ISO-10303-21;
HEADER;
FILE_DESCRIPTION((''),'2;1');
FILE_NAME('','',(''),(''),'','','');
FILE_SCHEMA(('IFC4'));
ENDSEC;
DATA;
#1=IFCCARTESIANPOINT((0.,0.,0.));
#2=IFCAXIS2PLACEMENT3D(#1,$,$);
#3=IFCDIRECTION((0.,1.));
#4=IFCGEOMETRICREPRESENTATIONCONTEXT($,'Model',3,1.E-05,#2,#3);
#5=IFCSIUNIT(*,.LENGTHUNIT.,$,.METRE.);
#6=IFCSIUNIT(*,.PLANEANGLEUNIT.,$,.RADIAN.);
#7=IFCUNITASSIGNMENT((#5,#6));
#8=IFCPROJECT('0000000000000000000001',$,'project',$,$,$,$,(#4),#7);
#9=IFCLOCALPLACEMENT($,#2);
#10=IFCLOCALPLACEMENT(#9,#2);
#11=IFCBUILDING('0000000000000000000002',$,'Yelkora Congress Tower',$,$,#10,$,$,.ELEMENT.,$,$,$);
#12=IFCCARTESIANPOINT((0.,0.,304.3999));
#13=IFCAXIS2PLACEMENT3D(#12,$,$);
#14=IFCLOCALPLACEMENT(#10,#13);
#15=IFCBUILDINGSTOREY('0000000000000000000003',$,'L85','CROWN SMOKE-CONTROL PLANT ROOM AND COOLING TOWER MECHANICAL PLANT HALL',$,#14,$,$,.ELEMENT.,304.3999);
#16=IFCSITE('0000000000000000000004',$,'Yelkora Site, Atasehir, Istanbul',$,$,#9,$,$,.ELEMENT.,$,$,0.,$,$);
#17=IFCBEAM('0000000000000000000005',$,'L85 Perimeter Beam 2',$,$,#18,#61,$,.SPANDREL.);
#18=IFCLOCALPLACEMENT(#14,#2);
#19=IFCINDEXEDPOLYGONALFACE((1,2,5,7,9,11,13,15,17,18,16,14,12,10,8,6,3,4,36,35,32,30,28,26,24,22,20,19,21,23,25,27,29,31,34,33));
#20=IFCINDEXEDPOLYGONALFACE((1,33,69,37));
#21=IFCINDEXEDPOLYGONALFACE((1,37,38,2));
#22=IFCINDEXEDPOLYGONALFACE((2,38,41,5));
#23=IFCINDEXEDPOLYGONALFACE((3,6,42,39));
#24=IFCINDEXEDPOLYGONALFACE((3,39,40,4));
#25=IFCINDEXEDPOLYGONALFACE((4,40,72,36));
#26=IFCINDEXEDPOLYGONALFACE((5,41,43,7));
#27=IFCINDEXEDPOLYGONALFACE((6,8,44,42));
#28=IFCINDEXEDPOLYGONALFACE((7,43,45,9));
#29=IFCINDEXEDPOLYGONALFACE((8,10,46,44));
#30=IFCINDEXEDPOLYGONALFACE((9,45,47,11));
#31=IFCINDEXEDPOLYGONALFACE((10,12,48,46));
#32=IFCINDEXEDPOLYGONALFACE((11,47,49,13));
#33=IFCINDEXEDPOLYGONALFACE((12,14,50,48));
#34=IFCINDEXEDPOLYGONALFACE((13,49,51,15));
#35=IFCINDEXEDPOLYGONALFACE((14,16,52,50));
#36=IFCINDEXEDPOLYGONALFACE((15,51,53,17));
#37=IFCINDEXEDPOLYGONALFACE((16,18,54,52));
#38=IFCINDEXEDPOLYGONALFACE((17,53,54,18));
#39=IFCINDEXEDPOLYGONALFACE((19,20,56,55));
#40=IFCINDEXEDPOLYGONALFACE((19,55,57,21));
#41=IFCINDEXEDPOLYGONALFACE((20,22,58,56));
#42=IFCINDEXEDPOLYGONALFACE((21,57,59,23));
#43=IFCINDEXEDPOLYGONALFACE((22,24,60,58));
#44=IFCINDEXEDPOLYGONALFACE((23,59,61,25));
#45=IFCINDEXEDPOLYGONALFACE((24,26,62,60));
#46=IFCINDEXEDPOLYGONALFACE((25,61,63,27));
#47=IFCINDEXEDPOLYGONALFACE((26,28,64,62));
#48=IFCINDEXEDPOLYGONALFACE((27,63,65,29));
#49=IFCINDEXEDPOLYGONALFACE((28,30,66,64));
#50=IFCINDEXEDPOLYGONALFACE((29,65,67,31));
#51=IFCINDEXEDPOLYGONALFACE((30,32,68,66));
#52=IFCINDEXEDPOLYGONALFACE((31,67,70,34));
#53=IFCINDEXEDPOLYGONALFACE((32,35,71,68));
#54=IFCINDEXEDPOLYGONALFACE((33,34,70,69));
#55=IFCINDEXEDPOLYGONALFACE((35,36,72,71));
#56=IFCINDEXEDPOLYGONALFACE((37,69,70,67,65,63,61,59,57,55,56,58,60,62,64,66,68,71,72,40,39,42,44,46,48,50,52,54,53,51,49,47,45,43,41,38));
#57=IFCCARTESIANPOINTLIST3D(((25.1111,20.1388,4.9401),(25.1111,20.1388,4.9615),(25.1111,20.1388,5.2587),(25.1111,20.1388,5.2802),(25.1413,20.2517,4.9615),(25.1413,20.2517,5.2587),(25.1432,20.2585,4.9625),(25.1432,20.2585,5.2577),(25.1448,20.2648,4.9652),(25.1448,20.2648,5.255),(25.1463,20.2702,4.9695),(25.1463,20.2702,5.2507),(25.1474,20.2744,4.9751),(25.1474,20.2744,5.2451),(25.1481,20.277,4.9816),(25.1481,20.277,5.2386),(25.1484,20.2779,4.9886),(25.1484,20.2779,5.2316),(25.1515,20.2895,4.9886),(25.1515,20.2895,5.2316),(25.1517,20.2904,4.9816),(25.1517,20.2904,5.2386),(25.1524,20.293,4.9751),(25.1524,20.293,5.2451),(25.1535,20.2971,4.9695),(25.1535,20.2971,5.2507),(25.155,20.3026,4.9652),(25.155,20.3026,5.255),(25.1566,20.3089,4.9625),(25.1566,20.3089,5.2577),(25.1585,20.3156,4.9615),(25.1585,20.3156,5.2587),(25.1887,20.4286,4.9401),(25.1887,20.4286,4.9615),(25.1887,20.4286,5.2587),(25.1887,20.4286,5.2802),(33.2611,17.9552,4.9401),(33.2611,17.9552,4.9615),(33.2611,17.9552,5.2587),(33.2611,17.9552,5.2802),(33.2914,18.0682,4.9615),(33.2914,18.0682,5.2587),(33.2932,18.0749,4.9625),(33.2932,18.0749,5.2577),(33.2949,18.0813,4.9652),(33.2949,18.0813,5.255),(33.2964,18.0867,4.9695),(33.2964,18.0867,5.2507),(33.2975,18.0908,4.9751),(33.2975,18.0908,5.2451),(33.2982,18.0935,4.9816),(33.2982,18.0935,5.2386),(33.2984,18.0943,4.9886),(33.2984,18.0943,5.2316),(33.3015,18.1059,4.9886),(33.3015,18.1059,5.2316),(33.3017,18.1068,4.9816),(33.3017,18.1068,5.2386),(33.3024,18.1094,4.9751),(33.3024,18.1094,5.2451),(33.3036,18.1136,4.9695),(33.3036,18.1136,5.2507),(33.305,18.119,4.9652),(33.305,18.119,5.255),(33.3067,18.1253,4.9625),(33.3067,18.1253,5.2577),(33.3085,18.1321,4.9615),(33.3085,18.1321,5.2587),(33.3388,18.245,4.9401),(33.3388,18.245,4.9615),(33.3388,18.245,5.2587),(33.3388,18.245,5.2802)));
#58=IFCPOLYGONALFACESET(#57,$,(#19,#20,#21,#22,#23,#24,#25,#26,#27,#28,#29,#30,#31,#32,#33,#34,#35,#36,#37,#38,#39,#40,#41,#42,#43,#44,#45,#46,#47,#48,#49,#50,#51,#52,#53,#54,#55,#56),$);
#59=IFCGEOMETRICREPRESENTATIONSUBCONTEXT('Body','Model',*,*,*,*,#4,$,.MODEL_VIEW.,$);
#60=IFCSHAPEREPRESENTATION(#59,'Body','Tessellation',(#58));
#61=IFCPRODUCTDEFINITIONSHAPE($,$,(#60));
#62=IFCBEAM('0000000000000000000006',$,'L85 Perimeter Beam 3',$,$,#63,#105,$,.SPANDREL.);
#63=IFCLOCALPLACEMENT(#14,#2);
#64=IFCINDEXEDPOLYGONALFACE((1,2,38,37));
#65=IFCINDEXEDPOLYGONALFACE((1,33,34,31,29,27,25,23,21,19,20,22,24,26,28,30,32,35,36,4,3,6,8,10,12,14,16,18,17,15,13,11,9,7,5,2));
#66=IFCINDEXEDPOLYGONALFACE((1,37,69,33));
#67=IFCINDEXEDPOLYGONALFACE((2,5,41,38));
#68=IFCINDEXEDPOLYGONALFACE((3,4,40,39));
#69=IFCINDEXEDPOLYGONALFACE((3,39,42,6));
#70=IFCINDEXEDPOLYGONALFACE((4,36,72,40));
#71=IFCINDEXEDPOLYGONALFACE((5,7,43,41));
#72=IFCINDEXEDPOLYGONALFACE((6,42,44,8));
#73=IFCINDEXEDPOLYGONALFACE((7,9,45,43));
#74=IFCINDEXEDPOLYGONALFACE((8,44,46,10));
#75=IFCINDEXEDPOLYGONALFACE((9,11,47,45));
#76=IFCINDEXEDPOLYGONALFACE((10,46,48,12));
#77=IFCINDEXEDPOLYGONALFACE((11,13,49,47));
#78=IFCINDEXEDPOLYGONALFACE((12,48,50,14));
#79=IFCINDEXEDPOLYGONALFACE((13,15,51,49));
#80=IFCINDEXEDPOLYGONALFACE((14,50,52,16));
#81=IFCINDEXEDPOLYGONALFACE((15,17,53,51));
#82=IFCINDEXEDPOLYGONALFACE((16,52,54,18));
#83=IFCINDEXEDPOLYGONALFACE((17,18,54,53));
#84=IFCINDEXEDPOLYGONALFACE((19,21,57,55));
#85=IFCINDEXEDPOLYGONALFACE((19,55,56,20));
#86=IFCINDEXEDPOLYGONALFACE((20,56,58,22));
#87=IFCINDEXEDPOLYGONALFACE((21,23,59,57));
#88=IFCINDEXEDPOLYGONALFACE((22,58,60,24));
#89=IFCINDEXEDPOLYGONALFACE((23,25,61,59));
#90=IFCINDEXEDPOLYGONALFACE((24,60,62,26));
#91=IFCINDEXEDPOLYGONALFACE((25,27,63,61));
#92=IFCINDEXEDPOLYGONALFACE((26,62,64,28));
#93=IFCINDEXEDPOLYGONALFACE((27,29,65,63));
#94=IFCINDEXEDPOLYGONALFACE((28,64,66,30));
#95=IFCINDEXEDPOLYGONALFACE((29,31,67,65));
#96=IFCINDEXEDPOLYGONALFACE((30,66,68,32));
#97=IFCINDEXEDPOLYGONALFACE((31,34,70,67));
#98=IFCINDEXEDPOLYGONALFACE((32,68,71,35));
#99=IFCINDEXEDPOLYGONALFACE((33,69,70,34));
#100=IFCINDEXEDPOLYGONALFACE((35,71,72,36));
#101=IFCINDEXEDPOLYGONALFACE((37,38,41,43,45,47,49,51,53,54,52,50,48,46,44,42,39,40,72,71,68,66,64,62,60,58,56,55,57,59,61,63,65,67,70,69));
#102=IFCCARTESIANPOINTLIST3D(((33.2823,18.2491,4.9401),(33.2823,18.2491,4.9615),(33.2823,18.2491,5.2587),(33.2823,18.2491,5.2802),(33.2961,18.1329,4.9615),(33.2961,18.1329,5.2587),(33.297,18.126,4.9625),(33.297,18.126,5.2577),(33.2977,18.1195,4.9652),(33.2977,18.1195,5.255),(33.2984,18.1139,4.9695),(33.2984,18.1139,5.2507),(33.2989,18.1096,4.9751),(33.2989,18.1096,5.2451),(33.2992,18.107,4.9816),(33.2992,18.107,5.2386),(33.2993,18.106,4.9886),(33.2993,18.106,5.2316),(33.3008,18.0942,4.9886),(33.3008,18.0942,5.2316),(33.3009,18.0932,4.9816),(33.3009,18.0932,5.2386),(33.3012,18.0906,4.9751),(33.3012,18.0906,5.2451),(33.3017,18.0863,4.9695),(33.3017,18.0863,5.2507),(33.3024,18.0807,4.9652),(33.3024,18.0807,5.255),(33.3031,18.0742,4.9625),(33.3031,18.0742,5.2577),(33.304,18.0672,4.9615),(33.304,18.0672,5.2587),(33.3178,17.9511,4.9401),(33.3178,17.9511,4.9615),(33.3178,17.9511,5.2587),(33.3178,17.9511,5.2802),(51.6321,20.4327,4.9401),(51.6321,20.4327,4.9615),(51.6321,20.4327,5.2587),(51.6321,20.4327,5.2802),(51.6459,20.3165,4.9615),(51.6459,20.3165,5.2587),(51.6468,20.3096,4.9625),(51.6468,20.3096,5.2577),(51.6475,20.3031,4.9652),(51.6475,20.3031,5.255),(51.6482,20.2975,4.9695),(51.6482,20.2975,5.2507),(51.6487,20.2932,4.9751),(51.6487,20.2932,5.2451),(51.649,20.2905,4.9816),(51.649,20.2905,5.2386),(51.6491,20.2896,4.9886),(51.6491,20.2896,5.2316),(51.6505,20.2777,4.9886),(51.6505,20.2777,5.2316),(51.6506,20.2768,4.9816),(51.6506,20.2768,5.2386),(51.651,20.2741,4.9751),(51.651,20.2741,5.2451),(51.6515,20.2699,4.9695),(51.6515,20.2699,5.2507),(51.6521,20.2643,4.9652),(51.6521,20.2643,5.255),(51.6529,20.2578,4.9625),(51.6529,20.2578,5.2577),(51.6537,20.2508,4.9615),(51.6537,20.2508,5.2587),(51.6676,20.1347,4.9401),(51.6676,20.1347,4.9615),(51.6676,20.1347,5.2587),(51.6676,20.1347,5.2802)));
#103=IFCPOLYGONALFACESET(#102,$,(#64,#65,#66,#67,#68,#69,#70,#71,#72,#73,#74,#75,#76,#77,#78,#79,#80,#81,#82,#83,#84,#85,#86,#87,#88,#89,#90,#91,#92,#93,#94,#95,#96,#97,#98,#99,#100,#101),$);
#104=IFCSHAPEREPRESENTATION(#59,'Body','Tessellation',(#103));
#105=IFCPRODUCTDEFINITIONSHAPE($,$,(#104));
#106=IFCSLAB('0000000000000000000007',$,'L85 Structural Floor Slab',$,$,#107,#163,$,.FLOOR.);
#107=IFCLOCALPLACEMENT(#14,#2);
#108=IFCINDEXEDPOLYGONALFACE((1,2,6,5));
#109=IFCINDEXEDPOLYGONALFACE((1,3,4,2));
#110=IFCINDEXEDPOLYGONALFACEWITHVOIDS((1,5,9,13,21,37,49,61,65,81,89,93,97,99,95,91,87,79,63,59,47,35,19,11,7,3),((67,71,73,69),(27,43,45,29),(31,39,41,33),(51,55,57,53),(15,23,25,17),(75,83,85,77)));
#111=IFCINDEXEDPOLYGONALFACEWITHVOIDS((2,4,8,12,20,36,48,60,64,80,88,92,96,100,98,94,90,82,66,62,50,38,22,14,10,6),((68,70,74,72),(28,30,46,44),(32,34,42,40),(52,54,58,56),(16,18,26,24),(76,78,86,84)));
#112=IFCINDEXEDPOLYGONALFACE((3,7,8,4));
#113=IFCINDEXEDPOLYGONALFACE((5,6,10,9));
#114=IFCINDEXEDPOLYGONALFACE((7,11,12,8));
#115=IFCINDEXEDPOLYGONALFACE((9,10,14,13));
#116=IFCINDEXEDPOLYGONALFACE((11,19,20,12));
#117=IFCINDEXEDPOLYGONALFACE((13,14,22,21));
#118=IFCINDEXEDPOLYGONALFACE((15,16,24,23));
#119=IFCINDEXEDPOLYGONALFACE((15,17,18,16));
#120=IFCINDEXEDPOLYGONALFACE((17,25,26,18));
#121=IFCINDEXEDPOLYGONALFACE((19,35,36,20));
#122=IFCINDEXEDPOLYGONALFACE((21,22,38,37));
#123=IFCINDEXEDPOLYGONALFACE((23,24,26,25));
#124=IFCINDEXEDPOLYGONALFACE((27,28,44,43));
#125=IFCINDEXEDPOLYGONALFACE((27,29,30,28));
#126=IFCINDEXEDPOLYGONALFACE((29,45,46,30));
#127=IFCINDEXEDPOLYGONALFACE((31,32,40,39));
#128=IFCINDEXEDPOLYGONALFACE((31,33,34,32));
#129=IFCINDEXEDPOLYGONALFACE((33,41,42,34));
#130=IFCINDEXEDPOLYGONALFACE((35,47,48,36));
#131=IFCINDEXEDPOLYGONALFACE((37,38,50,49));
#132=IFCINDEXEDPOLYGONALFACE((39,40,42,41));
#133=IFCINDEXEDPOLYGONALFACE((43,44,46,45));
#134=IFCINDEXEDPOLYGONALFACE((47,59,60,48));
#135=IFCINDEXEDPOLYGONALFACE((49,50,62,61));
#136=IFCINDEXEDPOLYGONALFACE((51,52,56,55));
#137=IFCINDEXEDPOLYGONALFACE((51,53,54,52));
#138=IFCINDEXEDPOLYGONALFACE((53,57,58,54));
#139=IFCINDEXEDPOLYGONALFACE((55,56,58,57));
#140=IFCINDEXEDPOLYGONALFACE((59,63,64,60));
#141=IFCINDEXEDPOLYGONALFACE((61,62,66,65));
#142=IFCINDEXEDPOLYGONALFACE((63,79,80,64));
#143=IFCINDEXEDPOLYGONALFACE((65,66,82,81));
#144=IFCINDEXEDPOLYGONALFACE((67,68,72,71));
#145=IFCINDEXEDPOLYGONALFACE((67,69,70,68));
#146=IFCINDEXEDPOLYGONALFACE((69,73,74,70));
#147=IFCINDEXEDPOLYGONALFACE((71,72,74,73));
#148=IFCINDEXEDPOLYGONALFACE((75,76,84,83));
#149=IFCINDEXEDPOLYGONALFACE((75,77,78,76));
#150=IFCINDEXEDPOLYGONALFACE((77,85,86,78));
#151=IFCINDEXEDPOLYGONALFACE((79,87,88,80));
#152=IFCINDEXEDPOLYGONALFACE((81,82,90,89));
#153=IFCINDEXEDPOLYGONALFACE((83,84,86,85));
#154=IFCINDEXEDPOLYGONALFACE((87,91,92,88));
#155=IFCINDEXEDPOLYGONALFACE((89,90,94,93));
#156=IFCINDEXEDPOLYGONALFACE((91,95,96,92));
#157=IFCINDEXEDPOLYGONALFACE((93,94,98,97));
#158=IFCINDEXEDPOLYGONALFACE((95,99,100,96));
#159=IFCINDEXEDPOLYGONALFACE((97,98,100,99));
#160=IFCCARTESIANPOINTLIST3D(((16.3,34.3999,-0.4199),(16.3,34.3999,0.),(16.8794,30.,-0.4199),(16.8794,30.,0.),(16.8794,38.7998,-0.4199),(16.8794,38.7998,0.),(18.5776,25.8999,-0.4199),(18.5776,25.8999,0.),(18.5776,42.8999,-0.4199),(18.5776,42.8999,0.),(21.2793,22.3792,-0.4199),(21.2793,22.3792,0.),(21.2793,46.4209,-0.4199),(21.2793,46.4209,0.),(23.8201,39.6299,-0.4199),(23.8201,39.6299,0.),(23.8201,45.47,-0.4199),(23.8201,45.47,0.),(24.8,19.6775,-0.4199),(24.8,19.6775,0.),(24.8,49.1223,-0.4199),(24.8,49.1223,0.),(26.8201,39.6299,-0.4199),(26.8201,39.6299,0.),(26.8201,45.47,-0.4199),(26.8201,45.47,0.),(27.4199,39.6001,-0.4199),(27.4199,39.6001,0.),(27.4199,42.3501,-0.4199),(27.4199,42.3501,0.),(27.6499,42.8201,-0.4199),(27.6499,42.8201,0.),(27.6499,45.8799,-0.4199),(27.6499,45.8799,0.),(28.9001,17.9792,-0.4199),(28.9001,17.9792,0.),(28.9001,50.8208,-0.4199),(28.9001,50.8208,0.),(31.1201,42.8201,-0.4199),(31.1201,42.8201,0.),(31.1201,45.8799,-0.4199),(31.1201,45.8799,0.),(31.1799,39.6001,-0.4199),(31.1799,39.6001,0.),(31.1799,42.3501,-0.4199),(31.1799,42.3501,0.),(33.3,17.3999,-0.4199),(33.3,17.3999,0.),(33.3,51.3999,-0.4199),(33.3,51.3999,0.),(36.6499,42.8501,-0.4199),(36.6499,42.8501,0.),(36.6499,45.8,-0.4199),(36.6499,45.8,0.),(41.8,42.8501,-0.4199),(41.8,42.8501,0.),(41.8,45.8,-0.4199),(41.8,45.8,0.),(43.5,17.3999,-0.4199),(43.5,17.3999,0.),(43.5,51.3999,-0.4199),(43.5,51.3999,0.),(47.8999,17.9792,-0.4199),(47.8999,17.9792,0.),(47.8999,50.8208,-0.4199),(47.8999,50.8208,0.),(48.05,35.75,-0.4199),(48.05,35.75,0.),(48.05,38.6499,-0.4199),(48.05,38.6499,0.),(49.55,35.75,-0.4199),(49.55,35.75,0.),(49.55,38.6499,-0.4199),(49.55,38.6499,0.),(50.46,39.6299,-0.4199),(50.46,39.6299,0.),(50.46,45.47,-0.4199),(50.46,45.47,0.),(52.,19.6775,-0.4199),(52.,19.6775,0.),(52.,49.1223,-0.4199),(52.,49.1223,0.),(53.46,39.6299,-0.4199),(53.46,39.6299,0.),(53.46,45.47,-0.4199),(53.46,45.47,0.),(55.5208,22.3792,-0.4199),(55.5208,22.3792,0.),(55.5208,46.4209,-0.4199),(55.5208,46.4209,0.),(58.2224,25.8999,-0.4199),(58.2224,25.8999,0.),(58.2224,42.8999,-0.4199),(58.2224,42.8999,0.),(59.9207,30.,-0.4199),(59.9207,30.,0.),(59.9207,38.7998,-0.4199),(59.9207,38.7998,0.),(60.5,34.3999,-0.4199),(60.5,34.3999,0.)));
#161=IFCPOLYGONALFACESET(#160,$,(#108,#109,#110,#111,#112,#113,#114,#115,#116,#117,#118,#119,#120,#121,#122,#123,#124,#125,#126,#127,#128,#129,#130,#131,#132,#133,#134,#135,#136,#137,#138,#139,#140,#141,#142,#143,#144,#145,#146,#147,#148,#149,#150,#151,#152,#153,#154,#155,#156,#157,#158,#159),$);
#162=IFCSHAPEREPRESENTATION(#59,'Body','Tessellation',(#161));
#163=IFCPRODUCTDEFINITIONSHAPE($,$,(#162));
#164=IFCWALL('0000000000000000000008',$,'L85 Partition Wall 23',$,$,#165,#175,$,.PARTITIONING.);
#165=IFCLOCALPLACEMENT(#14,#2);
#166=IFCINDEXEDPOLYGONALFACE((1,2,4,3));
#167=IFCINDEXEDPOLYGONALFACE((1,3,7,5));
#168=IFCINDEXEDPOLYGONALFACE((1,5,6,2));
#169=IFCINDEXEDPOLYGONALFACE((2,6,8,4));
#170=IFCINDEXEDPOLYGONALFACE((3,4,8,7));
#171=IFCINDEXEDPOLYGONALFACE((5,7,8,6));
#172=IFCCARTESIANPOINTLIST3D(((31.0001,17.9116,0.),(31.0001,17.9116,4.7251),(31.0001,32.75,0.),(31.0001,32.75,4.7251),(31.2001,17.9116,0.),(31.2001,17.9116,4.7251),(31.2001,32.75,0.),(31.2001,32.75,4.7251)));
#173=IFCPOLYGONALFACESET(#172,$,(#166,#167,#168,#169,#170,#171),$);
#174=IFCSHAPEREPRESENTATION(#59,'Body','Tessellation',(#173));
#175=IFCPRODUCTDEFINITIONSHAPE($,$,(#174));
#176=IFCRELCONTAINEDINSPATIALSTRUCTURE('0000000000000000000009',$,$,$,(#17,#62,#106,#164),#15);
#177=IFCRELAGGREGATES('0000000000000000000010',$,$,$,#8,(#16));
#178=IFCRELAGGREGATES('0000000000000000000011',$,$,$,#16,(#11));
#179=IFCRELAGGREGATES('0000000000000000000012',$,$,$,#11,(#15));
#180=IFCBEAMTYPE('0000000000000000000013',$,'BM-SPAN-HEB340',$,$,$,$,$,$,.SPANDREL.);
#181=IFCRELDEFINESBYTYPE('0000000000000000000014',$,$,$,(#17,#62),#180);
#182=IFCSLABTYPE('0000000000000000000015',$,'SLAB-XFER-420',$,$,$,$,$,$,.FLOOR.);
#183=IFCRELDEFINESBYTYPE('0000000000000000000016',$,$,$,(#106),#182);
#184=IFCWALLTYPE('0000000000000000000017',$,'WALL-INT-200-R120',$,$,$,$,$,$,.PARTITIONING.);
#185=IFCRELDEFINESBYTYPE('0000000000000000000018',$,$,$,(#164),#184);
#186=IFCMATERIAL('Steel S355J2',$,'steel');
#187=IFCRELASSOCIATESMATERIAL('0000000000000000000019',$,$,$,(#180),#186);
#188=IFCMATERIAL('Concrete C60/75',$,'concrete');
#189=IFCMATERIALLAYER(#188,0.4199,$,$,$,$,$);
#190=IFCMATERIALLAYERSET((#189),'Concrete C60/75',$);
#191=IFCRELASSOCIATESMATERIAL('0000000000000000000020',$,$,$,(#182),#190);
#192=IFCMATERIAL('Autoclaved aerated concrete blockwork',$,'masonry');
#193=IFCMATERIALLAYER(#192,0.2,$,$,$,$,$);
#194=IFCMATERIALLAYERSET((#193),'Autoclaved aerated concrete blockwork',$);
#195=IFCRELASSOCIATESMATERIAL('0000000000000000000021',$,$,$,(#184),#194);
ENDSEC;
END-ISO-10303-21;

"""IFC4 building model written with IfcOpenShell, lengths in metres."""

from ifc_helpers import new_model, si_unit, direction, frame, frame_2d, origin, origin_2d, place, context, subcontext, project, spatial, polyline, rectangle, i_section, outline, extrude, material, layer, layer_set, material_profile, profile_set, type_object, element, save


model = new_model("IFC4")

# Units and contexts
model_context = context("Model", 3, precision=1e-05, world=origin(), true_north=direction((0.0, 1.0)))
body_context = subcontext(model_context, "Body", "Model", "MODEL_VIEW")
ifc_project = project(units=[si_unit("LENGTHUNIT", "METRE"), si_unit("PLANEANGLEUNIT", "RADIAN")], contexts=[model_context])

# Site, building, storey
site_placement = place(None, origin())
site = spatial("IfcSite", under=ifc_project, at=site_placement, Name="Yelkora Site, Atasehir, Istanbul", CompositionType="ELEMENT", RefElevation=0.0)
building_placement = place(site_placement, origin())
building = spatial("IfcBuilding", under=site, at=building_placement, Name="Yelkora Congress Tower", CompositionType="ELEMENT")
storey_placement = place(building_placement, frame((0.0, 0.0, 304.3999)))
storey = spatial("IfcBuildingStorey", under=building, at=storey_placement, Name="L85", Description="CROWN SMOKE-CONTROL PLANT ROOM AND COOLING TOWER MECHANICAL PLANT HALL", CompositionType="ELEMENT", Elevation=304.3999)

# Shared definitions
ifc_material_1 = material(Name="Steel S355J2", Category="steel")

# Beams
ifc_material_profile_1 = material_profile(ifc_material_1, i_section(OverallWidth=0.3, OverallDepth=0.3401, WebThickness=0.012, FlangeThickness=0.0215, FilletRadius=0.0271, at=origin_2d()), Name="HEB 340")
ifc_profile_set_1 = profile_set([ifc_material_profile_1], Name="Steel S355J2")
beam_type_1 = type_object("IfcBeamType", Name="BM-SPAN-HEB340", PredefinedType="SPANDREL", material=ifc_profile_set_1)
beam_1_placement = place(storey_placement, frame((25.1499, 20.2837, 5.1101), z_axis=(0.965933, -0.258793, 0.0), x_axis=(0.258793, 0.965933, 0.0)))
element("IfcBeam", 1, at=beam_1_placement, inside=storey, type_object=beam_type_1, Name="L85 Perimeter Beam 2", PredefinedType="SPANDREL", context=body_context, shape_type="SweptSolid", body=[
    extrude(i_section(OverallWidth=0.3, OverallDepth=0.3401, WebThickness=0.012, FlangeThickness=0.0215, FilletRadius=0.0271, at=origin_2d()), origin(), (0.0, 0.0, 1.0), 8.4375),
])
beam_2_placement = place(storey_placement, frame((33.3, 18.1001, 5.1101), z_axis=(0.992994, 0.118164, 0.0), x_axis=(-0.118164, 0.992994, 0.0)))
element("IfcBeam", 2, at=beam_2_placement, inside=storey, type_object=beam_type_1, Name="L85 Perimeter Beam 3", PredefinedType="SPANDREL", context=body_context, shape_type="SweptSolid", body=[
    extrude(i_section(OverallWidth=0.3, OverallDepth=0.3401, WebThickness=0.012, FlangeThickness=0.0215, FilletRadius=0.0271, at=origin_2d()), origin(), (0.0, 0.0, 1.0), 18.4792),
])

# Slab
ifc_material_2 = material(Name="Concrete C60/75", Category="concrete")
ifc_layer_1 = layer(ifc_material_2, 0.4199)
ifc_layer_set_1 = layer_set([ifc_layer_1], Name="Concrete C60/75")
slab_type = type_object("IfcSlabType", Name="SLAB-XFER-420", PredefinedType="FLOOR", material=ifc_layer_set_1)
slab_placement = place(storey_placement, frame((0.0, 0.0, -0.4199)))
element("IfcSlab", 3, at=slab_placement, inside=storey, type_object=slab_type, Name="L85 Structural Floor Slab", PredefinedType="FLOOR", context=body_context, shape_type="SweptSolid", body=[
    extrude(outline(polyline([(43.5, 17.3999), (47.8999, 17.9792), (52.0, 19.6775), (55.5208, 22.3792), (58.2224, 25.8999), (59.9207, 30.0), (60.5, 34.3999), (59.9207, 38.7998), (58.2224, 42.8999), (55.5208, 46.4209), (52.0, 49.1223), (47.8999, 50.8208), (43.5, 51.3999), (33.3, 51.3999), (28.9001, 50.8208), (24.8, 49.1223), (21.2793, 46.4209), (18.5776, 42.8999), (16.8794, 38.7998), (16.3, 34.3999), (16.8794, 30.0), (18.5776, 25.8999), (21.2793, 22.3792), (24.8, 19.6775), (28.9001, 17.9792), (33.3, 17.3999), (43.5, 17.3999)]), holes=[polyline([(23.8201, 39.6299), (26.8201, 39.6299), (26.8201, 45.47), (23.8201, 45.47), (23.8201, 39.6299)]), polyline([(50.46, 39.6299), (53.46, 39.6299), (53.46, 45.47), (50.46, 45.47), (50.46, 39.6299)]), polyline([(48.05, 35.75), (49.55, 35.75), (49.55, 38.6499), (48.05, 38.6499), (48.05, 35.75)]), polyline([(36.6499, 42.8501), (41.8, 42.8501), (41.8, 45.8), (36.6499, 45.8), (36.6499, 42.8501)]), polyline([(27.4199, 39.6001), (31.1799, 39.6001), (31.1799, 42.3501), (27.4199, 42.3501), (27.4199, 39.6001)]), polyline([(27.6499, 42.8201), (31.1201, 42.8201), (31.1201, 45.8799), (27.6499, 45.8799), (27.6499, 42.8201)])]), origin(), (0.0, 0.0, 1.0), 0.4199),
])

# Wall
ifc_material_3 = material(Name="Autoclaved aerated concrete blockwork", Category="masonry")
ifc_layer_2 = layer(ifc_material_3, 0.2)
ifc_layer_set_2 = layer_set([ifc_layer_2], Name="Autoclaved aerated concrete blockwork")
wall_type = type_object("IfcWallType", Name="WALL-INT-200-R120", PredefinedType="PARTITIONING", material=ifc_layer_set_2)
wall_placement = place(storey_placement, frame((31.1001, 17.9116, 0.0), z_axis=(0.0, 0.0, 1.0), x_axis=(0.0, 1.0, 0.0)))
element("IfcWall", 4, at=wall_placement, inside=storey, type_object=wall_type, Name="L85 Partition Wall 23", PredefinedType="PARTITIONING", context=body_context, shape_type="SweptSolid", body=[
    extrude(rectangle(XDim=14.8384, YDim=0.2, at=frame_2d((7.4192, 0.0))), origin(), (0.0, 0.0, 1.0), 4.7251),
])

save(model, "model.ifc")
